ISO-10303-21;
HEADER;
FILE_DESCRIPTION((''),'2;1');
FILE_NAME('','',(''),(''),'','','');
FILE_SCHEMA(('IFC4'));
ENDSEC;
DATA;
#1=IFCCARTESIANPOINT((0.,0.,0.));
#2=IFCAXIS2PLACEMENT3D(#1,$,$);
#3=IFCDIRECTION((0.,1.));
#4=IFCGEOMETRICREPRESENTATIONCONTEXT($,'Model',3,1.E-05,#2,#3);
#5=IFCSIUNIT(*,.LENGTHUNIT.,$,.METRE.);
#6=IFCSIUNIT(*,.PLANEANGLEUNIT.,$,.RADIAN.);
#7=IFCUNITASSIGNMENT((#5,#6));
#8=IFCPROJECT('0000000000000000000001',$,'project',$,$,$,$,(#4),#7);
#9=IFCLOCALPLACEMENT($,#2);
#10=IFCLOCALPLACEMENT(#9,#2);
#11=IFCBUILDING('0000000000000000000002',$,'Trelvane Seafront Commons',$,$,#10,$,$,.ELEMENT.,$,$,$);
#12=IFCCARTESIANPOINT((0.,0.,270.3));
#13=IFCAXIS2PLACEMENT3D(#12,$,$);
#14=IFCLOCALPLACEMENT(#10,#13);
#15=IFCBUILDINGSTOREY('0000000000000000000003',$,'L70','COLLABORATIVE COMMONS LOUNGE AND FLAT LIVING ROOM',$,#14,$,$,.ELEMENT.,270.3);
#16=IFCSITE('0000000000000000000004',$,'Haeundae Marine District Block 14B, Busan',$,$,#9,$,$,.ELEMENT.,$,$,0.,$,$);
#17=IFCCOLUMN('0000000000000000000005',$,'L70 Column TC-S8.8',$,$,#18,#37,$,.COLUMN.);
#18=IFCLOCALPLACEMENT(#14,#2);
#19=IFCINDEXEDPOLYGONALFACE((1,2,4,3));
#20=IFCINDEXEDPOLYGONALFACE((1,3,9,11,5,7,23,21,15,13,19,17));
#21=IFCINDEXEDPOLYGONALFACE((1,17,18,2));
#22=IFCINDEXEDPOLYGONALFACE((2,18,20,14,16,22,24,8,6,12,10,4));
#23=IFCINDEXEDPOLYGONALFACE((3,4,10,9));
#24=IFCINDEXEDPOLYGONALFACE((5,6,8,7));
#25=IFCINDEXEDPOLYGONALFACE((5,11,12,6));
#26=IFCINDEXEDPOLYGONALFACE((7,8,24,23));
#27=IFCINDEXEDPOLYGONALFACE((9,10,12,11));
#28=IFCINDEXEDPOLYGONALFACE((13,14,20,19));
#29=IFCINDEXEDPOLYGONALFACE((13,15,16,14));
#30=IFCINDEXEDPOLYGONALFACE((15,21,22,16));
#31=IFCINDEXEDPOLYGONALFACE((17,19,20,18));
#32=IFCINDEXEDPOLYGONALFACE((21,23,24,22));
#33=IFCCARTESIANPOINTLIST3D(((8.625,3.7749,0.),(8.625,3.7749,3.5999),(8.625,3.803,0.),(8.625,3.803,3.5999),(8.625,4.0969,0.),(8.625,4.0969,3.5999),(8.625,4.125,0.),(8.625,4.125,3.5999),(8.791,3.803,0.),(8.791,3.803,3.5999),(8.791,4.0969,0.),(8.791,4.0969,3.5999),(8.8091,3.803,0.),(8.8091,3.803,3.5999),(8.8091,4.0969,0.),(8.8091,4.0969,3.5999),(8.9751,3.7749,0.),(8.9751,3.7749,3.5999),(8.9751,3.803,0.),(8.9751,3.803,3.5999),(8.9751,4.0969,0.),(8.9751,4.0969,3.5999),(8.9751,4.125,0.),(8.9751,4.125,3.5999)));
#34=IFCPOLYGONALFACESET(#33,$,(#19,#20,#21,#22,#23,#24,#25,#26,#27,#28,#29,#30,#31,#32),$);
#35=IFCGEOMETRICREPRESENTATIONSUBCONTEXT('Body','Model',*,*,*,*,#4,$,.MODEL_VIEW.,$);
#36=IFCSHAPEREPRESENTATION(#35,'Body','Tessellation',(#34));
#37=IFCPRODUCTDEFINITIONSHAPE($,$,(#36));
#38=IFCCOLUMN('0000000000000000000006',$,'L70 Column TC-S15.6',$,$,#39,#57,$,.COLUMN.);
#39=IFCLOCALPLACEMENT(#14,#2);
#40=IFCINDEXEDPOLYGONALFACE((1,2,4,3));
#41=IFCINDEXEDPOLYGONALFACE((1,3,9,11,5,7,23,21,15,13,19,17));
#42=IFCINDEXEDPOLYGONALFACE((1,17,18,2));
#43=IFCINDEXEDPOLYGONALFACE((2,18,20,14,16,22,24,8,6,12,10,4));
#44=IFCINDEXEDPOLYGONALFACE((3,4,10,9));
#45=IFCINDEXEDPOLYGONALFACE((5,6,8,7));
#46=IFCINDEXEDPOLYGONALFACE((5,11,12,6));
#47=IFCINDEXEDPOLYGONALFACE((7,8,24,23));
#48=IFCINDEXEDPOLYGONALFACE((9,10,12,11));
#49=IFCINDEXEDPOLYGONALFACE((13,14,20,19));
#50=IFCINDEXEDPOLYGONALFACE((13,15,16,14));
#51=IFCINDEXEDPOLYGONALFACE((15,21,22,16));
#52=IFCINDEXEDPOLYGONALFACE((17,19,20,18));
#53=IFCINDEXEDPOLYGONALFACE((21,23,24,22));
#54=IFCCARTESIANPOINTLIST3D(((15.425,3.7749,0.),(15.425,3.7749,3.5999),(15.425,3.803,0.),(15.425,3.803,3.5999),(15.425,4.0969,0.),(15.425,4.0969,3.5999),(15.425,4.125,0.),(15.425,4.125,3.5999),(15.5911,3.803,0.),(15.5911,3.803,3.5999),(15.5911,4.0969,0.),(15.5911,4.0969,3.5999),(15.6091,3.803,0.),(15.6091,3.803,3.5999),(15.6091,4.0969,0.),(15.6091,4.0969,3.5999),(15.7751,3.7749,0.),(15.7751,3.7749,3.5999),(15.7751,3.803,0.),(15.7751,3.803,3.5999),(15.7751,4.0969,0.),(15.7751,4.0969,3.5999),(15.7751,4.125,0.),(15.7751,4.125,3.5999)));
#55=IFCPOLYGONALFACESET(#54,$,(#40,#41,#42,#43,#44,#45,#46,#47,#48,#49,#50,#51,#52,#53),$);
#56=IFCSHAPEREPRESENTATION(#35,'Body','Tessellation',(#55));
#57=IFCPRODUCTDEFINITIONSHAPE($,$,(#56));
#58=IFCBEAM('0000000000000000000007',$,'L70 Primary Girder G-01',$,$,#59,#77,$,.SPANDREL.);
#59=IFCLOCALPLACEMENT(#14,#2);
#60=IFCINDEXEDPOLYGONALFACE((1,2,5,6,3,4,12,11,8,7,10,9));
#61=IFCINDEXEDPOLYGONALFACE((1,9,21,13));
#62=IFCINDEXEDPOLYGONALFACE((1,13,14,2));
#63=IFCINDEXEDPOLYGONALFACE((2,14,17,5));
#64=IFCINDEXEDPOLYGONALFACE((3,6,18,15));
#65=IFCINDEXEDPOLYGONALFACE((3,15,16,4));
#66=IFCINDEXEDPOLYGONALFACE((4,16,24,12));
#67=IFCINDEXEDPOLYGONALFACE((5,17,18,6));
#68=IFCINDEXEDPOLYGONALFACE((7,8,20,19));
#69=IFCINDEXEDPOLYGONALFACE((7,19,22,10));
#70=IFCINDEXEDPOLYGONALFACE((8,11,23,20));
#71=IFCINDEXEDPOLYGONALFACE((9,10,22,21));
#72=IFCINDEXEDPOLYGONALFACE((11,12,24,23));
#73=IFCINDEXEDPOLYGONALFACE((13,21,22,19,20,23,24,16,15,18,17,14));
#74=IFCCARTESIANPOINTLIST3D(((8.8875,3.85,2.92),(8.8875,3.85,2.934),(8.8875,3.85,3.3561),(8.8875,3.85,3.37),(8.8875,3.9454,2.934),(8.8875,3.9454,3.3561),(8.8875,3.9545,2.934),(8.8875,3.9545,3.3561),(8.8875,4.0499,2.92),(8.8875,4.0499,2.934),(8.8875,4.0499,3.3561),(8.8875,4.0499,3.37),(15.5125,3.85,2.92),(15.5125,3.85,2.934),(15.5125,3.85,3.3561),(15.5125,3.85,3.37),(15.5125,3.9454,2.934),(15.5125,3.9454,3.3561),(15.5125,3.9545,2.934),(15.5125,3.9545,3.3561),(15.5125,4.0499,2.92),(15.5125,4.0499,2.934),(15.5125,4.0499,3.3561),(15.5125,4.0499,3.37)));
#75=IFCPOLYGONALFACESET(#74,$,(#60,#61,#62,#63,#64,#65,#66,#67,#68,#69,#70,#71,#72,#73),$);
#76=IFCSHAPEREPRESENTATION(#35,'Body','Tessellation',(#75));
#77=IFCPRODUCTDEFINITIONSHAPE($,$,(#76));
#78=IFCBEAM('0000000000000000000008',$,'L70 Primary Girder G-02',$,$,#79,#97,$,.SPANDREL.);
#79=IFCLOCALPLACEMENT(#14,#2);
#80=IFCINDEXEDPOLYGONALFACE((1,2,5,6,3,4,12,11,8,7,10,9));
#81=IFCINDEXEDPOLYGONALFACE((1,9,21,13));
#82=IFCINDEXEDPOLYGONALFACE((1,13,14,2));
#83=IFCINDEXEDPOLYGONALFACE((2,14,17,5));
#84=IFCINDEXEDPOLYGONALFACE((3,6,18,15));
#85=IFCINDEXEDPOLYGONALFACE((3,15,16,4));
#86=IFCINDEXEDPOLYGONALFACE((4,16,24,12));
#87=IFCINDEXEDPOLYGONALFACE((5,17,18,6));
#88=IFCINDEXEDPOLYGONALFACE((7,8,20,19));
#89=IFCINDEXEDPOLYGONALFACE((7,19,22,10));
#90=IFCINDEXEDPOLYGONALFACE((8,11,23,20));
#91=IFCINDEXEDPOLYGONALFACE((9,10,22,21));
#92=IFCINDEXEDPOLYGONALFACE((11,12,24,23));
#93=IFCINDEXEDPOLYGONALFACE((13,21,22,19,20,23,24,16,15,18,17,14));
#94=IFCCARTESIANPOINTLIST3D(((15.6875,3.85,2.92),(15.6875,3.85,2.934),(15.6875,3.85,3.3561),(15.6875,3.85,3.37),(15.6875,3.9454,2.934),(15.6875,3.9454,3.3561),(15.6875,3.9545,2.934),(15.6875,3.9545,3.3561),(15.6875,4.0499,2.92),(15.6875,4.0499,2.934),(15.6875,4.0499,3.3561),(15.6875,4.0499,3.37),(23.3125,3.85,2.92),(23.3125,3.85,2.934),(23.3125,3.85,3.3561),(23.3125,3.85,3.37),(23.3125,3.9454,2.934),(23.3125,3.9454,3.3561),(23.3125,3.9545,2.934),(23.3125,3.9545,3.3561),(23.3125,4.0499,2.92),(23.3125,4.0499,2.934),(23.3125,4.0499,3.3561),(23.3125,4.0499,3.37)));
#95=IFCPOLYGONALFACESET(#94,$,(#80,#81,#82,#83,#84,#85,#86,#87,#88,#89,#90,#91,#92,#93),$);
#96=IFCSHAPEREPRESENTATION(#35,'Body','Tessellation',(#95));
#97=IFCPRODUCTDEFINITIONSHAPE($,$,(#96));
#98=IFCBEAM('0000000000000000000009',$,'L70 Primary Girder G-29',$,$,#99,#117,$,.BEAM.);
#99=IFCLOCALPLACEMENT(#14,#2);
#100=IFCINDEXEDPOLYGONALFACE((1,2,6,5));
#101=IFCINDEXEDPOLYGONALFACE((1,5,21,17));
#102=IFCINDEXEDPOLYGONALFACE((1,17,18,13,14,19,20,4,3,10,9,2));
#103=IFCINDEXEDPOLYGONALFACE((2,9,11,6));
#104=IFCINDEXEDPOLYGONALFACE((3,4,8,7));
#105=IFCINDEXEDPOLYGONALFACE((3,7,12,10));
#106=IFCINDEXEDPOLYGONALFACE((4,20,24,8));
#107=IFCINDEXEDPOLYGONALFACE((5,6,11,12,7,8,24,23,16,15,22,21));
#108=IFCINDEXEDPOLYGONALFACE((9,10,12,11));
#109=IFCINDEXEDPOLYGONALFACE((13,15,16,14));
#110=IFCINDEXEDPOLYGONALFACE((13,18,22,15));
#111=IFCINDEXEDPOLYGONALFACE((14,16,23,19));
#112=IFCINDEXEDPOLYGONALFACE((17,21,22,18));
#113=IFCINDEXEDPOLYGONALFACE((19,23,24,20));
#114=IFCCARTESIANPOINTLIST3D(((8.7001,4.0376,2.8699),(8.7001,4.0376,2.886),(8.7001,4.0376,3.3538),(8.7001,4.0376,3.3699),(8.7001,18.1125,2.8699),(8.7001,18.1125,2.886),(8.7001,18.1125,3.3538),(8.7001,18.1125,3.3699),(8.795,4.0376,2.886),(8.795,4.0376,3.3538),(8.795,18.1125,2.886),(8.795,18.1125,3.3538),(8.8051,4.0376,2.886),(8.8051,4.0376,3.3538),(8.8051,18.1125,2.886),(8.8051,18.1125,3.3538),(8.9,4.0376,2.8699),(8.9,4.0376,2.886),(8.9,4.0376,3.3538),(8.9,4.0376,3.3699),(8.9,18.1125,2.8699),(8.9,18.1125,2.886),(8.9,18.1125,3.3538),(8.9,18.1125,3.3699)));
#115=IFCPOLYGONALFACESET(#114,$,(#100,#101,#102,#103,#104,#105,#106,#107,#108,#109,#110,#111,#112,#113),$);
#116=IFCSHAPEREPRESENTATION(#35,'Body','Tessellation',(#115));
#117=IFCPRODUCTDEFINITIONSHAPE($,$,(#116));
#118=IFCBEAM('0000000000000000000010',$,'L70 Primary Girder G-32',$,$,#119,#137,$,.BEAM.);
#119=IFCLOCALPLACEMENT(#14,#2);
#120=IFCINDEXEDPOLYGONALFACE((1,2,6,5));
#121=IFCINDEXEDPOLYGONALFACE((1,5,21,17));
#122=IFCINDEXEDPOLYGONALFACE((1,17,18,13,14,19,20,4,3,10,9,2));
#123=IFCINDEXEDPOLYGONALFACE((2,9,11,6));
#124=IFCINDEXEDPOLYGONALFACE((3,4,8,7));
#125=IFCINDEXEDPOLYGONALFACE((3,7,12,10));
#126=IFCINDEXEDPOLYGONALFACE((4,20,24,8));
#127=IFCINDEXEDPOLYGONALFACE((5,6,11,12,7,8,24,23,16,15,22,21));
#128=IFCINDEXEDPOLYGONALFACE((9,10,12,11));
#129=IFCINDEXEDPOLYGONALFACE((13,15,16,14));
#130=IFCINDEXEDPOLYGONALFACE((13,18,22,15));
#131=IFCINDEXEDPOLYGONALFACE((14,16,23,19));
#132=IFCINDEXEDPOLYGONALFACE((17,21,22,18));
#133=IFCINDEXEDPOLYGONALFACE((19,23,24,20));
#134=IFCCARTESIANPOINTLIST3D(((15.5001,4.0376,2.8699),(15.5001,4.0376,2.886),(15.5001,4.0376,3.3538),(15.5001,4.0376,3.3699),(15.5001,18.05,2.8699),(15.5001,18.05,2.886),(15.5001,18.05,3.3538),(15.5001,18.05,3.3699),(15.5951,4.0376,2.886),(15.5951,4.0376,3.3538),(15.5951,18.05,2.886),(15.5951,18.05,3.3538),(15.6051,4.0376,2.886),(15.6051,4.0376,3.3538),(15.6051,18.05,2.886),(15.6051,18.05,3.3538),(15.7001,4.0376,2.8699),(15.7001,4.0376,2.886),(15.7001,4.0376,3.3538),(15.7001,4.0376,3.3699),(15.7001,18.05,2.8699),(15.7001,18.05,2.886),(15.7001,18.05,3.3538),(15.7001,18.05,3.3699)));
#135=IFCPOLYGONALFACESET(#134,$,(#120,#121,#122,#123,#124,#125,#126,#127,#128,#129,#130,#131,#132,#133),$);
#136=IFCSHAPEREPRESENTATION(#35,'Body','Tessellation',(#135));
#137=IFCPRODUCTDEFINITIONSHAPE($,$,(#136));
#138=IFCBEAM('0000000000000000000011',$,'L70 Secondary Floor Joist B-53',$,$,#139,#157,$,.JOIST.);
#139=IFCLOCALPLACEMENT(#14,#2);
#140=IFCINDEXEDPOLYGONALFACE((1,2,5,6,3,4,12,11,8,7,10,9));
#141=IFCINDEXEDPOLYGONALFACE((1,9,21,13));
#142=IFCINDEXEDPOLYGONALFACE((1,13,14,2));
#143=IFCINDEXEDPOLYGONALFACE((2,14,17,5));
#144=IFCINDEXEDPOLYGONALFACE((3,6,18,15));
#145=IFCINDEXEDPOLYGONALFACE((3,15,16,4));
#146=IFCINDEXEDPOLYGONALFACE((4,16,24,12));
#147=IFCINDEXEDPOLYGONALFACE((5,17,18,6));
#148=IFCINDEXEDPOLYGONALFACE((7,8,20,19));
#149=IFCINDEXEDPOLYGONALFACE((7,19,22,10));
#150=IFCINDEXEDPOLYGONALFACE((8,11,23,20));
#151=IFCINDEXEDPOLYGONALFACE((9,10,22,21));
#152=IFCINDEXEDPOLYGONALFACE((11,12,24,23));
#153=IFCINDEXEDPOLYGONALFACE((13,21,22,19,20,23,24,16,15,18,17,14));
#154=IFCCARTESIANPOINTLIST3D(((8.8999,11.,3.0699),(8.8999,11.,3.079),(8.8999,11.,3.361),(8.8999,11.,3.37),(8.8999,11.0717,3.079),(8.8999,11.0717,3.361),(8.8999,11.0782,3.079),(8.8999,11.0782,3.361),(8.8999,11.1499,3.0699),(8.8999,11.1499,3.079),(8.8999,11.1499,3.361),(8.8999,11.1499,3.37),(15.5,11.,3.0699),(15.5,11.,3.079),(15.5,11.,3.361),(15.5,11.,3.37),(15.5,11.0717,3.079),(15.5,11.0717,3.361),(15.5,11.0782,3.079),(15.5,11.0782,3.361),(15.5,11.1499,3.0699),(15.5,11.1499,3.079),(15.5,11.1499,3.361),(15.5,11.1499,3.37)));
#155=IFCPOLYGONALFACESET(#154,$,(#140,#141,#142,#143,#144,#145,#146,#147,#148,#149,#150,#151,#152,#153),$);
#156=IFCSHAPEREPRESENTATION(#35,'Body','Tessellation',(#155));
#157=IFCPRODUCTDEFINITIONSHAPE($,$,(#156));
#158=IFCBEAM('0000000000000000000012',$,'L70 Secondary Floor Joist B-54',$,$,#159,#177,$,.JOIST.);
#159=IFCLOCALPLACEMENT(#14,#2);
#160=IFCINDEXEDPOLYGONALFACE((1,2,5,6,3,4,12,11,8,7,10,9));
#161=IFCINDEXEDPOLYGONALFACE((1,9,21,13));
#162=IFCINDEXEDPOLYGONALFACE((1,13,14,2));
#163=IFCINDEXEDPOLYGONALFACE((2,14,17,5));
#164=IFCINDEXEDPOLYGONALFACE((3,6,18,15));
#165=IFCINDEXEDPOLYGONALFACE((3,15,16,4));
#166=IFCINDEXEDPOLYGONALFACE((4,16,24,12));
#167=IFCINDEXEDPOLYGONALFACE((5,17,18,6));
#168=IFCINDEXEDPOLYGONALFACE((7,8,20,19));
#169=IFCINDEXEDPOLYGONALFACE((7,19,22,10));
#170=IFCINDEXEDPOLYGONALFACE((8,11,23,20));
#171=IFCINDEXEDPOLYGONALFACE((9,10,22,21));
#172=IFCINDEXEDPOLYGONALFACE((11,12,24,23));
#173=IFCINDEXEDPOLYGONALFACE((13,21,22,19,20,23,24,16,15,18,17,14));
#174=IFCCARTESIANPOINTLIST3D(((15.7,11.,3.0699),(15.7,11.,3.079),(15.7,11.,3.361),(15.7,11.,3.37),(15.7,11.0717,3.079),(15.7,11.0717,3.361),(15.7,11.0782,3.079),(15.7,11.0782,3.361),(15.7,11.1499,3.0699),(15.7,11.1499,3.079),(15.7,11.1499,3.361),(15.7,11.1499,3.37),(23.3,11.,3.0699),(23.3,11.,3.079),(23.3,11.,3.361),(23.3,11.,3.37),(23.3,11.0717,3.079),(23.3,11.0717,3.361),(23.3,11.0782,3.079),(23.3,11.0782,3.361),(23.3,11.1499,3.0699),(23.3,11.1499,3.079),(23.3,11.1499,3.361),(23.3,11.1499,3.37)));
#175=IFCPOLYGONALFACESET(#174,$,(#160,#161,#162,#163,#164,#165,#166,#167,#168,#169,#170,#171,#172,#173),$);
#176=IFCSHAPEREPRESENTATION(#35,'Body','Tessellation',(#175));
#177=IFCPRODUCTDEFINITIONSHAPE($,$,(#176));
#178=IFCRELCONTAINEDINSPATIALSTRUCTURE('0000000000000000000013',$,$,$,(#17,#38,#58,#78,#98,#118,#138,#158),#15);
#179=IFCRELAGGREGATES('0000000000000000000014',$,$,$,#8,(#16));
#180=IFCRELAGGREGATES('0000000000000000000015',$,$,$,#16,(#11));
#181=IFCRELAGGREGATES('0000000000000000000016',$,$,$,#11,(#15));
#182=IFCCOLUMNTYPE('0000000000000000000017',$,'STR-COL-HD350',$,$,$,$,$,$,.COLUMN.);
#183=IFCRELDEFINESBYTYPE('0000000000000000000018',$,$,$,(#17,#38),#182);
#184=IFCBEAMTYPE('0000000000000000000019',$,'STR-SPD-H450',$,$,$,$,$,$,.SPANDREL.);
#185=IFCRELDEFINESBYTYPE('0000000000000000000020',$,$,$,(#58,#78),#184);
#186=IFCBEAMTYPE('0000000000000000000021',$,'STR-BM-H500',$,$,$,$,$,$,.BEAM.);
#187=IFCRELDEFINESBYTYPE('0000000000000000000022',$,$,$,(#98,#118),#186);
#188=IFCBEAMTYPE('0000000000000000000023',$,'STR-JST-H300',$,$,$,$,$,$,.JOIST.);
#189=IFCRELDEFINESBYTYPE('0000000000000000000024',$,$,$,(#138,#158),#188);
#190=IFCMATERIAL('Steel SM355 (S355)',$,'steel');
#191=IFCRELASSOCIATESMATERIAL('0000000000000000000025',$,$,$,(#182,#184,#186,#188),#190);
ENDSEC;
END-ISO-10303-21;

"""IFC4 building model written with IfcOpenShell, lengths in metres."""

from ifc_helpers import new_model, si_unit, direction, frame, origin, origin_2d, place, context, subcontext, project, spatial, i_section, extrude, source, transform, mapped, material, material_profile, profile_set, type_object, element, save


model = new_model("IFC4")

# Units and contexts
model_context = context("Model", 3, precision=1e-05, world=origin(), true_north=direction((0.0, 1.0)))
body_context = subcontext(model_context, "Body", "Model", "MODEL_VIEW")
ifc_project = project(units=[si_unit("LENGTHUNIT", "METRE"), si_unit("PLANEANGLEUNIT", "RADIAN")], contexts=[model_context])

# Site, building, storey
site_placement = place(None, origin())
site = spatial("IfcSite", under=ifc_project, at=site_placement, Name="Haeundae Marine District Block 14B, Busan", CompositionType="ELEMENT", RefElevation=0.0)
building_placement = place(site_placement, origin())
building = spatial("IfcBuilding", under=site, at=building_placement, Name="Trelvane Seafront Commons", CompositionType="ELEMENT")
storey_placement = place(building_placement, frame((0.0, 0.0, 270.3)))
storey = spatial("IfcBuildingStorey", under=building, at=storey_placement, Name="L70", Description="COLLABORATIVE COMMONS LOUNGE AND FLAT LIVING ROOM", CompositionType="ELEMENT", Elevation=270.3)

# Columns
ifc_material_1 = material(Name="Steel SM355 (S355)", Category="steel")
ifc_material_profile_1 = material_profile(ifc_material_1, i_section(OverallWidth=0.3501, OverallDepth=0.3501, WebThickness=0.0181, FlangeThickness=0.0281, at=origin_2d()), Name="HD-350x350x18x28")
ifc_profile_set_1 = profile_set([ifc_material_profile_1], Name="Steel SM355 (S355)")
column_type = type_object("IfcColumnType", Name="STR-COL-HD350", PredefinedType="COLUMN", material=ifc_profile_set_1)
shared_shape_1 = source(origin(), body_context, "Body", "SweptSolid", [
    extrude(i_section(OverallWidth=0.3501, OverallDepth=0.3501, WebThickness=0.0181, FlangeThickness=0.0281, at=origin_2d()), origin(), (0.0, 0.0, 1.0), 3.5999),
])
for number, where, z_axis, x_axis, name in (
    (1, (8.8, 3.95, 0.0), (0.0, 0.0, 1.0), (1.0, 0.0, 0.0), "L70 Column TC-S8.8"),
    (2, (15.6001, 3.95, 0.0), (0.0, 0.0, 1.0), (1.0, 0.0, 0.0), "L70 Column TC-S15.6"),
):
    element("IfcColumn", number, at=place(storey_placement, frame(where, z_axis=z_axis, x_axis=x_axis)), inside=storey, type_object=column_type, Name=name, PredefinedType="COLUMN", context=body_context, shape_type="MappedRepresentation", body=[
        mapped(shared_shape_1, transform((0.0, 0.0, 0.0), x_axis=(1.0, 0.0, 0.0), y_axis=(0.0, 1.0, 0.0), z_axis=(0.0, 0.0, 1.0), scale=1.0)),
    ])

# Beams
ifc_material_profile_2 = material_profile(ifc_material_1, i_section(OverallWidth=0.2, OverallDepth=0.45, WebThickness=0.009, FlangeThickness=0.0139, at=origin_2d()), Name="H-450x200x9x14")
ifc_profile_set_2 = profile_set([ifc_material_profile_2], Name="Steel SM355 (S355)")
beam_type_1 = type_object("IfcBeamType", Name="STR-SPD-H450", PredefinedType="SPANDREL", material=ifc_profile_set_2)
shared_shape_2 = source(origin(), body_context, "Body", "SweptSolid", [
    extrude(i_section(OverallWidth=0.2, OverallDepth=0.45, WebThickness=0.009, FlangeThickness=0.0139, at=origin_2d()), origin(), (0.0, 0.0, 1.0), 6.625),
])
beam_1_placement = place(storey_placement, frame((8.8875, 3.95, 3.145), z_axis=(1.0, 0.0, 0.0), x_axis=(0.0, 1.0, 0.0)))
element("IfcBeam", 3, at=beam_1_placement, inside=storey, type_object=beam_type_1, Name="L70 Primary Girder G-01", PredefinedType="SPANDREL", context=body_context, shape_type="MappedRepresentation", body=[
    mapped(shared_shape_2, transform((0.0, 0.0, 0.0), x_axis=(1.0, 0.0, 0.0), y_axis=(0.0, 1.0, 0.0), z_axis=(0.0, 0.0, 1.0), scale=1.0)),
])
shared_shape_3 = source(origin(), body_context, "Body", "SweptSolid", [
    extrude(i_section(OverallWidth=0.2, OverallDepth=0.45, WebThickness=0.009, FlangeThickness=0.0139, at=origin_2d()), origin(), (0.0, 0.0, 1.0), 7.625),
])
beam_2_placement = place(storey_placement, frame((15.6875, 3.95, 3.145), z_axis=(1.0, 0.0, 0.0), x_axis=(0.0, 1.0, 0.0)))
element("IfcBeam", 4, at=beam_2_placement, inside=storey, type_object=beam_type_1, Name="L70 Primary Girder G-02", PredefinedType="SPANDREL", context=body_context, shape_type="MappedRepresentation", body=[
    mapped(shared_shape_3, transform((0.0, 0.0, 0.0), x_axis=(1.0, 0.0, 0.0), y_axis=(0.0, 1.0, 0.0), z_axis=(0.0, 0.0, 1.0), scale=1.0)),
])
ifc_material_profile_3 = material_profile(ifc_material_1, i_section(OverallWidth=0.2, OverallDepth=0.5, WebThickness=0.01, FlangeThickness=0.0161, at=origin_2d()), Name="H-500x200x10x16")
ifc_profile_set_3 = profile_set([ifc_material_profile_3], Name="Steel SM355 (S355)")
beam_type_2 = type_object("IfcBeamType", Name="STR-BM-H500", PredefinedType="BEAM", material=ifc_profile_set_3)
shared_shape_4 = source(origin(), body_context, "Body", "SweptSolid", [
    extrude(i_section(OverallWidth=0.2, OverallDepth=0.5, WebThickness=0.01, FlangeThickness=0.0161, at=origin_2d()), origin(), (0.0, 0.0, 1.0), 14.075),
])
beam_3_placement = place(storey_placement, frame((8.8, 4.0376, 3.1199), z_axis=(0.0, 1.0, 0.0), x_axis=(-1.0, 0.0, 0.0)))
element("IfcBeam", 5, at=beam_3_placement, inside=storey, type_object=beam_type_2, Name="L70 Primary Girder G-29", PredefinedType="BEAM", context=body_context, shape_type="MappedRepresentation", body=[
    mapped(shared_shape_4, transform((0.0, 0.0, 0.0), x_axis=(1.0, 0.0, 0.0), y_axis=(0.0, 1.0, 0.0), z_axis=(0.0, 0.0, 1.0), scale=1.0)),
])
shared_shape_5 = source(origin(), body_context, "Body", "SweptSolid", [
    extrude(i_section(OverallWidth=0.2, OverallDepth=0.5, WebThickness=0.01, FlangeThickness=0.0161, at=origin_2d()), origin(), (0.0, 0.0, 1.0), 14.0125),
])
beam_4_placement = place(storey_placement, frame((15.6001, 4.0376, 3.1199), z_axis=(0.0, 1.0, 0.0), x_axis=(-1.0, 0.0, 0.0)))
element("IfcBeam", 6, at=beam_4_placement, inside=storey, type_object=beam_type_2, Name="L70 Primary Girder G-32", PredefinedType="BEAM", context=body_context, shape_type="MappedRepresentation", body=[
    mapped(shared_shape_5, transform((0.0, 0.0, 0.0), x_axis=(1.0, 0.0, 0.0), y_axis=(0.0, 1.0, 0.0), z_axis=(0.0, 0.0, 1.0), scale=1.0)),
])
ifc_material_profile_4 = material_profile(ifc_material_1, i_section(OverallWidth=0.1499, OverallDepth=0.3, WebThickness=0.0066, FlangeThickness=0.009, at=origin_2d()), Name="H-300x150x6.5x9")
ifc_profile_set_4 = profile_set([ifc_material_profile_4], Name="Steel SM355 (S355)")
beam_type_3 = type_object("IfcBeamType", Name="STR-JST-H300", PredefinedType="JOIST", material=ifc_profile_set_4)
shared_shape_6 = source(origin(), body_context, "Body", "SweptSolid", [
    extrude(i_section(OverallWidth=0.1499, OverallDepth=0.3, WebThickness=0.0066, FlangeThickness=0.009, at=origin_2d()), origin(), (0.0, 0.0, 1.0), 6.6001),
])
beam_5_placement = place(storey_placement, frame((8.8999, 11.075, 3.22), z_axis=(1.0, 0.0, 0.0), x_axis=(0.0, 1.0, 0.0)))
element("IfcBeam", 7, at=beam_5_placement, inside=storey, type_object=beam_type_3, Name="L70 Secondary Floor Joist B-53", PredefinedType="JOIST", context=body_context, shape_type="MappedRepresentation", body=[
    mapped(shared_shape_6, transform((0.0, 0.0, 0.0), x_axis=(1.0, 0.0, 0.0), y_axis=(0.0, 1.0, 0.0), z_axis=(0.0, 0.0, 1.0), scale=1.0)),
])
shared_shape_7 = source(origin(), body_context, "Body", "SweptSolid", [
    extrude(i_section(OverallWidth=0.1499, OverallDepth=0.3, WebThickness=0.0066, FlangeThickness=0.009, at=origin_2d()), origin(), (0.0, 0.0, 1.0), 7.6001),
])
beam_6_placement = place(storey_placement, frame((15.7, 11.075, 3.22), z_axis=(1.0, 0.0, 0.0), x_axis=(0.0, 1.0, 0.0)))
element("IfcBeam", 8, at=beam_6_placement, inside=storey, type_object=beam_type_3, Name="L70 Secondary Floor Joist B-54", PredefinedType="JOIST", context=body_context, shape_type="MappedRepresentation", body=[
    mapped(shared_shape_7, transform((0.0, 0.0, 0.0), x_axis=(1.0, 0.0, 0.0), y_axis=(0.0, 1.0, 0.0), z_axis=(0.0, 0.0, 1.0), scale=1.0)),
])

save(model, "model.ifc")
